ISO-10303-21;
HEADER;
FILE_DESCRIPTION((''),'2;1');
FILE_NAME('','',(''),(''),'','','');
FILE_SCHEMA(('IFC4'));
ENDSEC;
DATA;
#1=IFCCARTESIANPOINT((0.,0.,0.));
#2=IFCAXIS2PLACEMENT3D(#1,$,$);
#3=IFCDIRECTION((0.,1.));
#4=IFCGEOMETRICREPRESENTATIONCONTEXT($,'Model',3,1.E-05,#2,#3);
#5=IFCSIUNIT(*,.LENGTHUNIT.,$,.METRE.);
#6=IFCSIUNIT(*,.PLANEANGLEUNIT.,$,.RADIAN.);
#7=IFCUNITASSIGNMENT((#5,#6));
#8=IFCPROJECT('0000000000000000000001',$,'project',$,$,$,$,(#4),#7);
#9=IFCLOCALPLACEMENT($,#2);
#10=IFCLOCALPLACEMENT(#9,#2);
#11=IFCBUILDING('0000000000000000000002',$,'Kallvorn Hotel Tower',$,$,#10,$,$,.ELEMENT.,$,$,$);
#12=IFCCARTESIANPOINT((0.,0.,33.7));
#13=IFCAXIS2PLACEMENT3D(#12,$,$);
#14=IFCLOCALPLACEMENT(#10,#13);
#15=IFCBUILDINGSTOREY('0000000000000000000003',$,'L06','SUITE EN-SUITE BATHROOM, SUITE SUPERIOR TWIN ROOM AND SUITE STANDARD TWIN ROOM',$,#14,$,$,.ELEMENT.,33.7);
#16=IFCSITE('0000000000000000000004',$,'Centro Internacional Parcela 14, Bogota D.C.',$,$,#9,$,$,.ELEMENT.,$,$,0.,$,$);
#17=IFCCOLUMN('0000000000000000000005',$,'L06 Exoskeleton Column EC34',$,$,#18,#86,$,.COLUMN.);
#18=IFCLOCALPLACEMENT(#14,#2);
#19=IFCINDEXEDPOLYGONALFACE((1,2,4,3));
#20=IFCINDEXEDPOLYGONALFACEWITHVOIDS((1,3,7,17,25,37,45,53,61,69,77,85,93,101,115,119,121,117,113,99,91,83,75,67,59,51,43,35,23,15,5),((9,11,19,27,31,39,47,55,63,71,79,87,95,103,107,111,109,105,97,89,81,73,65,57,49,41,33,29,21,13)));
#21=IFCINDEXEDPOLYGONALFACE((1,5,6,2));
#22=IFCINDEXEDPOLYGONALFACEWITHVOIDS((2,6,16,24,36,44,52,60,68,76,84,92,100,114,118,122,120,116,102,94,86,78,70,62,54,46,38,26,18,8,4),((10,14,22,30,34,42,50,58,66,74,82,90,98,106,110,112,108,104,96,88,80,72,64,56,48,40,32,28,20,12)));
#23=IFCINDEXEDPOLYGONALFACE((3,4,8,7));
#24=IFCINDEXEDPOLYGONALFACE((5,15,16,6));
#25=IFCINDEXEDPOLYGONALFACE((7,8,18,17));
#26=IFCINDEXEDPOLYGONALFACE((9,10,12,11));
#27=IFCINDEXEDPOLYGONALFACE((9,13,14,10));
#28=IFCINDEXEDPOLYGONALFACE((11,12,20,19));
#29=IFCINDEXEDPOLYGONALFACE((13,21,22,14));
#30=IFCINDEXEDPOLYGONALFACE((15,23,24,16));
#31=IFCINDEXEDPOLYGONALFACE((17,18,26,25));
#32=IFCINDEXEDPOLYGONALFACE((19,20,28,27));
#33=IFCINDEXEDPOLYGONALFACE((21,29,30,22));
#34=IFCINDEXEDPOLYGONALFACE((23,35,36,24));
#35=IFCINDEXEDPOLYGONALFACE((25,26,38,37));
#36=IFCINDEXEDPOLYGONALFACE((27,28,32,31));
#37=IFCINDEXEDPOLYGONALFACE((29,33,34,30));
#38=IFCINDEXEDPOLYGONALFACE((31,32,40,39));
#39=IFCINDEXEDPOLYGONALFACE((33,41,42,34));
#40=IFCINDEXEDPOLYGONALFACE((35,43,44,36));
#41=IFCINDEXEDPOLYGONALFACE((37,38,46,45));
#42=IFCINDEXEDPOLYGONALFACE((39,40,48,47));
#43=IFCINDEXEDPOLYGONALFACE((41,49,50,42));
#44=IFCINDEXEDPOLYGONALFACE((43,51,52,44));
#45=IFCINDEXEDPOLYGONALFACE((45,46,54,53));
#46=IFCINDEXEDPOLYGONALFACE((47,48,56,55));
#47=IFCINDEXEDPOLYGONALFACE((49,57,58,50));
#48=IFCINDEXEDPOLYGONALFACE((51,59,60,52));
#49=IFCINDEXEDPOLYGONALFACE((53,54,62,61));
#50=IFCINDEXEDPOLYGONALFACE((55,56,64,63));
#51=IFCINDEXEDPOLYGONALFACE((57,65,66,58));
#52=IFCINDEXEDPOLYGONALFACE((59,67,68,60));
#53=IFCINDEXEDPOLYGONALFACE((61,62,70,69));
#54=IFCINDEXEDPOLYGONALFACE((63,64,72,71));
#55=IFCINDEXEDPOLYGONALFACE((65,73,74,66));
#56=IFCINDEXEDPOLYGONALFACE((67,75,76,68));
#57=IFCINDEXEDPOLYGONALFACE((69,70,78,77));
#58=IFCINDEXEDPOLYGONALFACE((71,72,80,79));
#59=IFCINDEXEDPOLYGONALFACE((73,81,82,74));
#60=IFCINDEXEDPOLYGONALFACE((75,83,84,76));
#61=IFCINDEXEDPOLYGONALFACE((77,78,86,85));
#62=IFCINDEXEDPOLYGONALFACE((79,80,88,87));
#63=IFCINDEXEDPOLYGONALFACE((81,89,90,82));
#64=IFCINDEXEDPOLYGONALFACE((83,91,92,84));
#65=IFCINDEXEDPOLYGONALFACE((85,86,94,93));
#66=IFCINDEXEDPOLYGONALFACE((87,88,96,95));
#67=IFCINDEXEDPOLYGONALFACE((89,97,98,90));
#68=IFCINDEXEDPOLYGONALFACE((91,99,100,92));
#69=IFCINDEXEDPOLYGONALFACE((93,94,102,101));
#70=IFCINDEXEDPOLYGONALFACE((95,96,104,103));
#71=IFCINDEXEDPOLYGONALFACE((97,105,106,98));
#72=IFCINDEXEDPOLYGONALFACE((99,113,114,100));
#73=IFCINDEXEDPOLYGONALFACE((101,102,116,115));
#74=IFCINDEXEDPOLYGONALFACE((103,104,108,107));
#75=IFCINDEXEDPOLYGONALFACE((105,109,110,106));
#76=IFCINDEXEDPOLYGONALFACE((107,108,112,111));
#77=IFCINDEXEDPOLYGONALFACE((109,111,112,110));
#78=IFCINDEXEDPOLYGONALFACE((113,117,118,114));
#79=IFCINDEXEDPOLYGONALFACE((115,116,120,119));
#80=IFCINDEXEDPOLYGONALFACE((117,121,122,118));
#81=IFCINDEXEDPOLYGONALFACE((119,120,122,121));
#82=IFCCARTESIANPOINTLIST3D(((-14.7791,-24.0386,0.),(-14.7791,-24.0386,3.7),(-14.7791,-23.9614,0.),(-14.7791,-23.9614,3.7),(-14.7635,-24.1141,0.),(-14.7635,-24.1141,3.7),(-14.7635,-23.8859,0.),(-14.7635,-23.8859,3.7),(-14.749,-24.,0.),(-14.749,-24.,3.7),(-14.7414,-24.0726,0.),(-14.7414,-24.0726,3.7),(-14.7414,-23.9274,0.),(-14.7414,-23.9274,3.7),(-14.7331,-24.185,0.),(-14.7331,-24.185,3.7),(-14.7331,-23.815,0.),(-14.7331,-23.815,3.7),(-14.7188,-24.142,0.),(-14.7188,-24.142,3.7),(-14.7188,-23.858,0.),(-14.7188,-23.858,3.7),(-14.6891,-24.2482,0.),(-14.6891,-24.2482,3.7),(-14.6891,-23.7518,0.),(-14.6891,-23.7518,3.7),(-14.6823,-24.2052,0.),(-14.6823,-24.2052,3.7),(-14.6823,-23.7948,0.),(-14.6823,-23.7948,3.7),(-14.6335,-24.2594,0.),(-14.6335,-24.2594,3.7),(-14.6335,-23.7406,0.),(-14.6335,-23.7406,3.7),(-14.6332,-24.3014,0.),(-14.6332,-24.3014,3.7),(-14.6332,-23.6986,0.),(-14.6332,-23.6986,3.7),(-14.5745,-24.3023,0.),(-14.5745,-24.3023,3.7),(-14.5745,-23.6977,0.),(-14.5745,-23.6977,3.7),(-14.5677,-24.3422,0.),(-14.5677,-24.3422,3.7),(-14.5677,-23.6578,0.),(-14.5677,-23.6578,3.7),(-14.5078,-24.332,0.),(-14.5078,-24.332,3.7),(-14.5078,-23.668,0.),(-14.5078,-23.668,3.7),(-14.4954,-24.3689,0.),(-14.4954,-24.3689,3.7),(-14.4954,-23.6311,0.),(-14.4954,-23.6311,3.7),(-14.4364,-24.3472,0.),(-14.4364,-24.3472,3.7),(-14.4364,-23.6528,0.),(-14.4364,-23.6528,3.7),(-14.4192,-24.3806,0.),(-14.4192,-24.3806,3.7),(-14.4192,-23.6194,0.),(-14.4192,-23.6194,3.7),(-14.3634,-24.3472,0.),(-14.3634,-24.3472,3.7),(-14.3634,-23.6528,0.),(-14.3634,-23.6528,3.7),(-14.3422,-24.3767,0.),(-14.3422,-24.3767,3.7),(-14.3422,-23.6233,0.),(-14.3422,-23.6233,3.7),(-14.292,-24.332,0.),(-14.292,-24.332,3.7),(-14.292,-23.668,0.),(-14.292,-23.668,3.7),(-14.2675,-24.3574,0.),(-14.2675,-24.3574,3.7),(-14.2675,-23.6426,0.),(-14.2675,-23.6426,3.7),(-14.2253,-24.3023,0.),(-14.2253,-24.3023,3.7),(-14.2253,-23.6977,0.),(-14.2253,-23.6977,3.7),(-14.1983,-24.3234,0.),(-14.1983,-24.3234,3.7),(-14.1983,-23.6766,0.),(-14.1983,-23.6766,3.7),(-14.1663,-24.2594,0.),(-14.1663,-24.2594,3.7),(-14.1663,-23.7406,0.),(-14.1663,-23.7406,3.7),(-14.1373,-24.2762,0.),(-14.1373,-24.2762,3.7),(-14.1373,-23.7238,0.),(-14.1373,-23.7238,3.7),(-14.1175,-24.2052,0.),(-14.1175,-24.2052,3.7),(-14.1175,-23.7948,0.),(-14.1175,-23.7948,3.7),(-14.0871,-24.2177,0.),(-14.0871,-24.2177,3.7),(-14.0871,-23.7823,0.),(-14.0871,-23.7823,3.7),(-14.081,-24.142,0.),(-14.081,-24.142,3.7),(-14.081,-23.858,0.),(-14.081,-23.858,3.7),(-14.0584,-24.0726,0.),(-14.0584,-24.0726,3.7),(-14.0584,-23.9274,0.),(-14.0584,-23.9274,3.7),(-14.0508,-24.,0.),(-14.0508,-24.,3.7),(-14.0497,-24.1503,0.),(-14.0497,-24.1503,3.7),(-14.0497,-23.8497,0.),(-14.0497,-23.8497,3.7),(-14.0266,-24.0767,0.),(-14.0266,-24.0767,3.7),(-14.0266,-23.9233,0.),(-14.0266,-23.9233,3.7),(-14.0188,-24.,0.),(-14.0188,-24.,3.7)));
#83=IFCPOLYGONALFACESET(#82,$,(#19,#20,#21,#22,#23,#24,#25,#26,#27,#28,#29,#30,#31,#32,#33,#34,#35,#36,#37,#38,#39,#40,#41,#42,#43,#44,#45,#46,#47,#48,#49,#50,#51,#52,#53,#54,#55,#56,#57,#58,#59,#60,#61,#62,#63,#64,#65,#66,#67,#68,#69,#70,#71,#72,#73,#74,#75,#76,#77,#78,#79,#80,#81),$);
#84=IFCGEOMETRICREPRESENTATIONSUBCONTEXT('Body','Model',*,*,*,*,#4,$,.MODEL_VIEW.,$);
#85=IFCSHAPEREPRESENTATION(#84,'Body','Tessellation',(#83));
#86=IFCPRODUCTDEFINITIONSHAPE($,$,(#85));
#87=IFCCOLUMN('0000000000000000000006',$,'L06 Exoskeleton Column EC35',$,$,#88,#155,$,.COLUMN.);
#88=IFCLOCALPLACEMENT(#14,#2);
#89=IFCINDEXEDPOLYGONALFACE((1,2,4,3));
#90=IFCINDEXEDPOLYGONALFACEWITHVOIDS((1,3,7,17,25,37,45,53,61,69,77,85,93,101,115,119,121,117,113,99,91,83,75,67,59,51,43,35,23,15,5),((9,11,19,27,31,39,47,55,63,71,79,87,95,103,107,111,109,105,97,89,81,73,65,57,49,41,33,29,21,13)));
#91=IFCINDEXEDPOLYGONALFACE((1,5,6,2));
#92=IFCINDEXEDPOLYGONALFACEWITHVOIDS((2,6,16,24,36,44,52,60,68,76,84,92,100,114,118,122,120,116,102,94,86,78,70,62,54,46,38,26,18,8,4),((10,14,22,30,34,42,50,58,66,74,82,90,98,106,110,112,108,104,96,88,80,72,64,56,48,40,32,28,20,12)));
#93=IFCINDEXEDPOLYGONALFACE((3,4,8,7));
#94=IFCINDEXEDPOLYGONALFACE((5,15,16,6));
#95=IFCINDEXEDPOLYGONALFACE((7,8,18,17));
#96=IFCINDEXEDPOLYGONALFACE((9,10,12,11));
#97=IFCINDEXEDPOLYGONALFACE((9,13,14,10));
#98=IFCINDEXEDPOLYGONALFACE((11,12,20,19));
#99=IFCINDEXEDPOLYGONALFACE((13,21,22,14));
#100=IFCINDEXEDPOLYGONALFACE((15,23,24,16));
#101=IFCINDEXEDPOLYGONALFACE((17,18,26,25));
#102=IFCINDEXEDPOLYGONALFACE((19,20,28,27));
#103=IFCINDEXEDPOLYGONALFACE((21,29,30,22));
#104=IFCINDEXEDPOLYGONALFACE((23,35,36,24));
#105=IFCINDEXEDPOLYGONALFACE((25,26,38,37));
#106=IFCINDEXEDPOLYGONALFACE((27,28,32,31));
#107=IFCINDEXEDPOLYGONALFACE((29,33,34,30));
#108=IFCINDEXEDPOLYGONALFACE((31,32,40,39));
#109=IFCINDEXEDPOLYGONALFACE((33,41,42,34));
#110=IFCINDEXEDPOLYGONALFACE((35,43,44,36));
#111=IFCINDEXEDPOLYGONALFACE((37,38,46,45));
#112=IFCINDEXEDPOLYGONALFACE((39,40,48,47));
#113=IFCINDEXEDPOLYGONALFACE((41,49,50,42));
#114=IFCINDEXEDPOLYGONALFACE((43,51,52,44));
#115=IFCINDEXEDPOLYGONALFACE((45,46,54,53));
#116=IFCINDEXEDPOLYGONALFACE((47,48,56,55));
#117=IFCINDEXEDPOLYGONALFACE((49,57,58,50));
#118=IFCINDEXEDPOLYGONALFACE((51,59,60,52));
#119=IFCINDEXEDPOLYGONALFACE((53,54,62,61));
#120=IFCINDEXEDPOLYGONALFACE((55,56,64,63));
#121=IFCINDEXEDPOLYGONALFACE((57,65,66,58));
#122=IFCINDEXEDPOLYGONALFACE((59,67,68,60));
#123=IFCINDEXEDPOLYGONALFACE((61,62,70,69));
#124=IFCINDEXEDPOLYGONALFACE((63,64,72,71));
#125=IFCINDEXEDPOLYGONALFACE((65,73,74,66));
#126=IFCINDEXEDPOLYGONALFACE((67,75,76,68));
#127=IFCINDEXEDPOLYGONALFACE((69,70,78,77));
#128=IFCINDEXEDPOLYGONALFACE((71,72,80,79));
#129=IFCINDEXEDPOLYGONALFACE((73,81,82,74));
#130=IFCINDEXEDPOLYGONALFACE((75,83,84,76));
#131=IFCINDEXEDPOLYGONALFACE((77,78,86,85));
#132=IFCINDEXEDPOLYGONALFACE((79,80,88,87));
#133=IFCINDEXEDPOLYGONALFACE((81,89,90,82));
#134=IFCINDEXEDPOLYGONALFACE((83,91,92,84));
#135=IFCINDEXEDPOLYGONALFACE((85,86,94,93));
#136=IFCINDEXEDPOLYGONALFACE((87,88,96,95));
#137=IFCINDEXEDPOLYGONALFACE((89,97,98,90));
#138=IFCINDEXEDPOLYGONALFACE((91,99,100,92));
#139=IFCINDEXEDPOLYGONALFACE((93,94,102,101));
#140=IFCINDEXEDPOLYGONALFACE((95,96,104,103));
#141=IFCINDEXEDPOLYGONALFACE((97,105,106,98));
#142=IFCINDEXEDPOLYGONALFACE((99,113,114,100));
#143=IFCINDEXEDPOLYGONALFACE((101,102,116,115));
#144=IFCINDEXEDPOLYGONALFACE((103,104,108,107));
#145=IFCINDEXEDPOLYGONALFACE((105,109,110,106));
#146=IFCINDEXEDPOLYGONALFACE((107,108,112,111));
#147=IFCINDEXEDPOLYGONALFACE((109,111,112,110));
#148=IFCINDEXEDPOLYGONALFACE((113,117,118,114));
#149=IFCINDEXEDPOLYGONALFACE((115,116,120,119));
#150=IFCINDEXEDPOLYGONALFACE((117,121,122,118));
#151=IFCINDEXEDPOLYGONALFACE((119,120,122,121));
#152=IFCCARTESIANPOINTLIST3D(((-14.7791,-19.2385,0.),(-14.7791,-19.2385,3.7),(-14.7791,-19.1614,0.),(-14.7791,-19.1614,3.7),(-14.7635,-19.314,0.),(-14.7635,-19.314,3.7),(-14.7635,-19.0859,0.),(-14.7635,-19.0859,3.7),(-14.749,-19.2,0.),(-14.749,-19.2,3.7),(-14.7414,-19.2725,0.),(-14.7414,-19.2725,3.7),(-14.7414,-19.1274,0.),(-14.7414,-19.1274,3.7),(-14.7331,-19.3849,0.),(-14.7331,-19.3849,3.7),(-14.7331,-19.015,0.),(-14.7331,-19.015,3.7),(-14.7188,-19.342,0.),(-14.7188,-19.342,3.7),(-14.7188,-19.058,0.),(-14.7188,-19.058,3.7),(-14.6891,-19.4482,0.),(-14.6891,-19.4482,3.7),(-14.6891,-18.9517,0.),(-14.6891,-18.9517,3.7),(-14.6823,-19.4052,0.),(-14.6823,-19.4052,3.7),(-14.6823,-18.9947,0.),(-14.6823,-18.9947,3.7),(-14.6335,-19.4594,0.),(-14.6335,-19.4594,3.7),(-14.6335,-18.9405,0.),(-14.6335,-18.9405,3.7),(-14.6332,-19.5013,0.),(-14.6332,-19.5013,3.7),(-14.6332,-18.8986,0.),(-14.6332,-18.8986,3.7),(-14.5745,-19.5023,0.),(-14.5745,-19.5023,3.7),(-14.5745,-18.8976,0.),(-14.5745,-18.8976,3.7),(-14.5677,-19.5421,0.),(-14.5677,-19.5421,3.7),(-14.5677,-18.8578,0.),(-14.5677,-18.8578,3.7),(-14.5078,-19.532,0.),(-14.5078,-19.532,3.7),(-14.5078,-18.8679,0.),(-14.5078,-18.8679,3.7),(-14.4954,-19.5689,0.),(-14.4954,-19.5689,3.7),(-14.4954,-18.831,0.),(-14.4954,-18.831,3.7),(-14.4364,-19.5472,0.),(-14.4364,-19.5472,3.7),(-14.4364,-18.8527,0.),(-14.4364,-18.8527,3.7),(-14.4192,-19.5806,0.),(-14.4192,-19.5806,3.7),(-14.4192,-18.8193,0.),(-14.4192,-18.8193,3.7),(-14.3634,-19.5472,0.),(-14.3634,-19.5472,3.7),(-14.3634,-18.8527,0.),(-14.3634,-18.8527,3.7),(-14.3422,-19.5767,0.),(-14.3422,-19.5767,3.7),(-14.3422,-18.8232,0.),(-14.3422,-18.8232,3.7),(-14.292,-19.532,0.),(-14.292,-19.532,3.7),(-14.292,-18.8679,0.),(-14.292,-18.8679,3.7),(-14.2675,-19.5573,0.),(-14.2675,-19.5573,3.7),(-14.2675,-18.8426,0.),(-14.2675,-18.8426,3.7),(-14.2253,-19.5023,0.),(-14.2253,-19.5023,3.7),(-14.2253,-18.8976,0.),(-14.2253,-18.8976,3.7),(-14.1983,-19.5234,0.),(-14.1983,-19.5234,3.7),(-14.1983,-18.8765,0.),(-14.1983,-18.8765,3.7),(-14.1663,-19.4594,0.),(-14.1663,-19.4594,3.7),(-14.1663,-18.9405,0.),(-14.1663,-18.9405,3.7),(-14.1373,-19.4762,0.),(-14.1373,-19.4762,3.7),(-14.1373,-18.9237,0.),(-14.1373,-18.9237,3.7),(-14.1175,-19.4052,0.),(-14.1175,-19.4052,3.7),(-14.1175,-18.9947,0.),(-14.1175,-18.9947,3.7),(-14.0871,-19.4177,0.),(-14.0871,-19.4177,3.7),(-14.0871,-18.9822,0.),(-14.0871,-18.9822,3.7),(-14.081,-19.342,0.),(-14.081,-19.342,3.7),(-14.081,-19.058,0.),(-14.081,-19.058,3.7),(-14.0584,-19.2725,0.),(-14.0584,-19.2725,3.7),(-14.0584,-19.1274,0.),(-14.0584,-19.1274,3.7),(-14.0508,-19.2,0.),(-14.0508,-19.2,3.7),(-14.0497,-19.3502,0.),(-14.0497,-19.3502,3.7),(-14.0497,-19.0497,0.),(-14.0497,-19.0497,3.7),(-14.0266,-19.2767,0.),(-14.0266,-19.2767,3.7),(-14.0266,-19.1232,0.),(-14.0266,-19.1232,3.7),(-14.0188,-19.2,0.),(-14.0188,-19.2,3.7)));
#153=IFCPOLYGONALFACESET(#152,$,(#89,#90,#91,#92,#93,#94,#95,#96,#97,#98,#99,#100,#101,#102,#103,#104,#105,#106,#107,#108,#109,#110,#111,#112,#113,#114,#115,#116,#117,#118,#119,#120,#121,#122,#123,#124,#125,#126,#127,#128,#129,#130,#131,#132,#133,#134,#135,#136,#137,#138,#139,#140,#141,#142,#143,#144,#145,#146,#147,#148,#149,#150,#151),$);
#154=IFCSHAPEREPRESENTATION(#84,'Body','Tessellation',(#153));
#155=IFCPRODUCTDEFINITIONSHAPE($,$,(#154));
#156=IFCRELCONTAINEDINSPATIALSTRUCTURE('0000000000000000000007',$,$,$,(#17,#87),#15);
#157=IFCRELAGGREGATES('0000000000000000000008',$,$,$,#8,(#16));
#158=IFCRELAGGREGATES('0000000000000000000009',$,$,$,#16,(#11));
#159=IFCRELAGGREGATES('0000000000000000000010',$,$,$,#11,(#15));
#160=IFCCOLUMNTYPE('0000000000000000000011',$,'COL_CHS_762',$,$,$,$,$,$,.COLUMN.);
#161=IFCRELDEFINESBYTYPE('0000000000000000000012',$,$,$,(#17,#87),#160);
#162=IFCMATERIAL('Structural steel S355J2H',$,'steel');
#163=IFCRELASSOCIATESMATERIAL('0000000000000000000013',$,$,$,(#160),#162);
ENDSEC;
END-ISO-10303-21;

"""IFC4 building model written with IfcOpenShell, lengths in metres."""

from ifc_helpers import new_model, si_unit, direction, frame, origin, origin_2d, place, context, subcontext, project, spatial, hollow_circle, extrude, material, material_profile, profile_set, type_object, element, save


model = new_model("IFC4")

# Units and contexts
model_context = context("Model", 3, precision=1e-05, world=origin(), true_north=direction((0.0, 1.0)))
body_context = subcontext(model_context, "Body", "Model", "MODEL_VIEW")
ifc_project = project(units=[si_unit("LENGTHUNIT", "METRE"), si_unit("PLANEANGLEUNIT", "RADIAN")], contexts=[model_context])

# Site, building, storey
site_placement = place(None, origin())
site = spatial("IfcSite", under=ifc_project, at=site_placement, Name="Centro Internacional Parcela 14, Bogota D.C.", CompositionType="ELEMENT", RefElevation=0.0)
building_placement = place(site_placement, origin())
building = spatial("IfcBuilding", under=site, at=building_placement, Name="Kallvorn Hotel Tower", CompositionType="ELEMENT")
storey_placement = place(building_placement, frame((0.0, 0.0, 33.7)))
storey = spatial("IfcBuildingStorey", under=building, at=storey_placement, Name="L06", Description="SUITE EN-SUITE BATHROOM, SUITE SUPERIOR TWIN ROOM AND SUITE STANDARD TWIN ROOM", CompositionType="ELEMENT", Elevation=33.7)

# Columns
ifc_material_1 = material(Name="Structural steel S355J2H", Category="steel")
ifc_material_profile_1 = material_profile(ifc_material_1, hollow_circle(Radius=0.3811, WallThickness=0.032, at=origin_2d()), Name="CHS 762x32")
ifc_profile_set_1 = profile_set([ifc_material_profile_1], Name="Structural steel S355J2H")
column_type_1 = type_object("IfcColumnType", Name="COL_CHS_762", PredefinedType="COLUMN", material=ifc_profile_set_1)
for number, where, z_axis, x_axis, name in (
    (1, (-14.3999, -24.0, 0.0), (0.0, 0.0, 1.0), (1.0, 0.0, 0.0), "L06 Exoskeleton Column EC34"),
    (2, (-14.3999, -19.2, 0.0), (0.0, 0.0, 1.0), (1.0, 0.0, 0.0), "L06 Exoskeleton Column EC35"),
):
    element("IfcColumn", number, at=place(storey_placement, frame(where, z_axis=z_axis, x_axis=x_axis)), inside=storey, type_object=column_type_1, Name=name, PredefinedType="COLUMN", context=body_context, shape_type="SweptSolid", body=[
        extrude(hollow_circle(Radius=0.3811, WallThickness=0.032, at=origin_2d()), origin(), (0.0, 0.0, 1.0), 3.7),
    ])

save(model, "model.ifc")
